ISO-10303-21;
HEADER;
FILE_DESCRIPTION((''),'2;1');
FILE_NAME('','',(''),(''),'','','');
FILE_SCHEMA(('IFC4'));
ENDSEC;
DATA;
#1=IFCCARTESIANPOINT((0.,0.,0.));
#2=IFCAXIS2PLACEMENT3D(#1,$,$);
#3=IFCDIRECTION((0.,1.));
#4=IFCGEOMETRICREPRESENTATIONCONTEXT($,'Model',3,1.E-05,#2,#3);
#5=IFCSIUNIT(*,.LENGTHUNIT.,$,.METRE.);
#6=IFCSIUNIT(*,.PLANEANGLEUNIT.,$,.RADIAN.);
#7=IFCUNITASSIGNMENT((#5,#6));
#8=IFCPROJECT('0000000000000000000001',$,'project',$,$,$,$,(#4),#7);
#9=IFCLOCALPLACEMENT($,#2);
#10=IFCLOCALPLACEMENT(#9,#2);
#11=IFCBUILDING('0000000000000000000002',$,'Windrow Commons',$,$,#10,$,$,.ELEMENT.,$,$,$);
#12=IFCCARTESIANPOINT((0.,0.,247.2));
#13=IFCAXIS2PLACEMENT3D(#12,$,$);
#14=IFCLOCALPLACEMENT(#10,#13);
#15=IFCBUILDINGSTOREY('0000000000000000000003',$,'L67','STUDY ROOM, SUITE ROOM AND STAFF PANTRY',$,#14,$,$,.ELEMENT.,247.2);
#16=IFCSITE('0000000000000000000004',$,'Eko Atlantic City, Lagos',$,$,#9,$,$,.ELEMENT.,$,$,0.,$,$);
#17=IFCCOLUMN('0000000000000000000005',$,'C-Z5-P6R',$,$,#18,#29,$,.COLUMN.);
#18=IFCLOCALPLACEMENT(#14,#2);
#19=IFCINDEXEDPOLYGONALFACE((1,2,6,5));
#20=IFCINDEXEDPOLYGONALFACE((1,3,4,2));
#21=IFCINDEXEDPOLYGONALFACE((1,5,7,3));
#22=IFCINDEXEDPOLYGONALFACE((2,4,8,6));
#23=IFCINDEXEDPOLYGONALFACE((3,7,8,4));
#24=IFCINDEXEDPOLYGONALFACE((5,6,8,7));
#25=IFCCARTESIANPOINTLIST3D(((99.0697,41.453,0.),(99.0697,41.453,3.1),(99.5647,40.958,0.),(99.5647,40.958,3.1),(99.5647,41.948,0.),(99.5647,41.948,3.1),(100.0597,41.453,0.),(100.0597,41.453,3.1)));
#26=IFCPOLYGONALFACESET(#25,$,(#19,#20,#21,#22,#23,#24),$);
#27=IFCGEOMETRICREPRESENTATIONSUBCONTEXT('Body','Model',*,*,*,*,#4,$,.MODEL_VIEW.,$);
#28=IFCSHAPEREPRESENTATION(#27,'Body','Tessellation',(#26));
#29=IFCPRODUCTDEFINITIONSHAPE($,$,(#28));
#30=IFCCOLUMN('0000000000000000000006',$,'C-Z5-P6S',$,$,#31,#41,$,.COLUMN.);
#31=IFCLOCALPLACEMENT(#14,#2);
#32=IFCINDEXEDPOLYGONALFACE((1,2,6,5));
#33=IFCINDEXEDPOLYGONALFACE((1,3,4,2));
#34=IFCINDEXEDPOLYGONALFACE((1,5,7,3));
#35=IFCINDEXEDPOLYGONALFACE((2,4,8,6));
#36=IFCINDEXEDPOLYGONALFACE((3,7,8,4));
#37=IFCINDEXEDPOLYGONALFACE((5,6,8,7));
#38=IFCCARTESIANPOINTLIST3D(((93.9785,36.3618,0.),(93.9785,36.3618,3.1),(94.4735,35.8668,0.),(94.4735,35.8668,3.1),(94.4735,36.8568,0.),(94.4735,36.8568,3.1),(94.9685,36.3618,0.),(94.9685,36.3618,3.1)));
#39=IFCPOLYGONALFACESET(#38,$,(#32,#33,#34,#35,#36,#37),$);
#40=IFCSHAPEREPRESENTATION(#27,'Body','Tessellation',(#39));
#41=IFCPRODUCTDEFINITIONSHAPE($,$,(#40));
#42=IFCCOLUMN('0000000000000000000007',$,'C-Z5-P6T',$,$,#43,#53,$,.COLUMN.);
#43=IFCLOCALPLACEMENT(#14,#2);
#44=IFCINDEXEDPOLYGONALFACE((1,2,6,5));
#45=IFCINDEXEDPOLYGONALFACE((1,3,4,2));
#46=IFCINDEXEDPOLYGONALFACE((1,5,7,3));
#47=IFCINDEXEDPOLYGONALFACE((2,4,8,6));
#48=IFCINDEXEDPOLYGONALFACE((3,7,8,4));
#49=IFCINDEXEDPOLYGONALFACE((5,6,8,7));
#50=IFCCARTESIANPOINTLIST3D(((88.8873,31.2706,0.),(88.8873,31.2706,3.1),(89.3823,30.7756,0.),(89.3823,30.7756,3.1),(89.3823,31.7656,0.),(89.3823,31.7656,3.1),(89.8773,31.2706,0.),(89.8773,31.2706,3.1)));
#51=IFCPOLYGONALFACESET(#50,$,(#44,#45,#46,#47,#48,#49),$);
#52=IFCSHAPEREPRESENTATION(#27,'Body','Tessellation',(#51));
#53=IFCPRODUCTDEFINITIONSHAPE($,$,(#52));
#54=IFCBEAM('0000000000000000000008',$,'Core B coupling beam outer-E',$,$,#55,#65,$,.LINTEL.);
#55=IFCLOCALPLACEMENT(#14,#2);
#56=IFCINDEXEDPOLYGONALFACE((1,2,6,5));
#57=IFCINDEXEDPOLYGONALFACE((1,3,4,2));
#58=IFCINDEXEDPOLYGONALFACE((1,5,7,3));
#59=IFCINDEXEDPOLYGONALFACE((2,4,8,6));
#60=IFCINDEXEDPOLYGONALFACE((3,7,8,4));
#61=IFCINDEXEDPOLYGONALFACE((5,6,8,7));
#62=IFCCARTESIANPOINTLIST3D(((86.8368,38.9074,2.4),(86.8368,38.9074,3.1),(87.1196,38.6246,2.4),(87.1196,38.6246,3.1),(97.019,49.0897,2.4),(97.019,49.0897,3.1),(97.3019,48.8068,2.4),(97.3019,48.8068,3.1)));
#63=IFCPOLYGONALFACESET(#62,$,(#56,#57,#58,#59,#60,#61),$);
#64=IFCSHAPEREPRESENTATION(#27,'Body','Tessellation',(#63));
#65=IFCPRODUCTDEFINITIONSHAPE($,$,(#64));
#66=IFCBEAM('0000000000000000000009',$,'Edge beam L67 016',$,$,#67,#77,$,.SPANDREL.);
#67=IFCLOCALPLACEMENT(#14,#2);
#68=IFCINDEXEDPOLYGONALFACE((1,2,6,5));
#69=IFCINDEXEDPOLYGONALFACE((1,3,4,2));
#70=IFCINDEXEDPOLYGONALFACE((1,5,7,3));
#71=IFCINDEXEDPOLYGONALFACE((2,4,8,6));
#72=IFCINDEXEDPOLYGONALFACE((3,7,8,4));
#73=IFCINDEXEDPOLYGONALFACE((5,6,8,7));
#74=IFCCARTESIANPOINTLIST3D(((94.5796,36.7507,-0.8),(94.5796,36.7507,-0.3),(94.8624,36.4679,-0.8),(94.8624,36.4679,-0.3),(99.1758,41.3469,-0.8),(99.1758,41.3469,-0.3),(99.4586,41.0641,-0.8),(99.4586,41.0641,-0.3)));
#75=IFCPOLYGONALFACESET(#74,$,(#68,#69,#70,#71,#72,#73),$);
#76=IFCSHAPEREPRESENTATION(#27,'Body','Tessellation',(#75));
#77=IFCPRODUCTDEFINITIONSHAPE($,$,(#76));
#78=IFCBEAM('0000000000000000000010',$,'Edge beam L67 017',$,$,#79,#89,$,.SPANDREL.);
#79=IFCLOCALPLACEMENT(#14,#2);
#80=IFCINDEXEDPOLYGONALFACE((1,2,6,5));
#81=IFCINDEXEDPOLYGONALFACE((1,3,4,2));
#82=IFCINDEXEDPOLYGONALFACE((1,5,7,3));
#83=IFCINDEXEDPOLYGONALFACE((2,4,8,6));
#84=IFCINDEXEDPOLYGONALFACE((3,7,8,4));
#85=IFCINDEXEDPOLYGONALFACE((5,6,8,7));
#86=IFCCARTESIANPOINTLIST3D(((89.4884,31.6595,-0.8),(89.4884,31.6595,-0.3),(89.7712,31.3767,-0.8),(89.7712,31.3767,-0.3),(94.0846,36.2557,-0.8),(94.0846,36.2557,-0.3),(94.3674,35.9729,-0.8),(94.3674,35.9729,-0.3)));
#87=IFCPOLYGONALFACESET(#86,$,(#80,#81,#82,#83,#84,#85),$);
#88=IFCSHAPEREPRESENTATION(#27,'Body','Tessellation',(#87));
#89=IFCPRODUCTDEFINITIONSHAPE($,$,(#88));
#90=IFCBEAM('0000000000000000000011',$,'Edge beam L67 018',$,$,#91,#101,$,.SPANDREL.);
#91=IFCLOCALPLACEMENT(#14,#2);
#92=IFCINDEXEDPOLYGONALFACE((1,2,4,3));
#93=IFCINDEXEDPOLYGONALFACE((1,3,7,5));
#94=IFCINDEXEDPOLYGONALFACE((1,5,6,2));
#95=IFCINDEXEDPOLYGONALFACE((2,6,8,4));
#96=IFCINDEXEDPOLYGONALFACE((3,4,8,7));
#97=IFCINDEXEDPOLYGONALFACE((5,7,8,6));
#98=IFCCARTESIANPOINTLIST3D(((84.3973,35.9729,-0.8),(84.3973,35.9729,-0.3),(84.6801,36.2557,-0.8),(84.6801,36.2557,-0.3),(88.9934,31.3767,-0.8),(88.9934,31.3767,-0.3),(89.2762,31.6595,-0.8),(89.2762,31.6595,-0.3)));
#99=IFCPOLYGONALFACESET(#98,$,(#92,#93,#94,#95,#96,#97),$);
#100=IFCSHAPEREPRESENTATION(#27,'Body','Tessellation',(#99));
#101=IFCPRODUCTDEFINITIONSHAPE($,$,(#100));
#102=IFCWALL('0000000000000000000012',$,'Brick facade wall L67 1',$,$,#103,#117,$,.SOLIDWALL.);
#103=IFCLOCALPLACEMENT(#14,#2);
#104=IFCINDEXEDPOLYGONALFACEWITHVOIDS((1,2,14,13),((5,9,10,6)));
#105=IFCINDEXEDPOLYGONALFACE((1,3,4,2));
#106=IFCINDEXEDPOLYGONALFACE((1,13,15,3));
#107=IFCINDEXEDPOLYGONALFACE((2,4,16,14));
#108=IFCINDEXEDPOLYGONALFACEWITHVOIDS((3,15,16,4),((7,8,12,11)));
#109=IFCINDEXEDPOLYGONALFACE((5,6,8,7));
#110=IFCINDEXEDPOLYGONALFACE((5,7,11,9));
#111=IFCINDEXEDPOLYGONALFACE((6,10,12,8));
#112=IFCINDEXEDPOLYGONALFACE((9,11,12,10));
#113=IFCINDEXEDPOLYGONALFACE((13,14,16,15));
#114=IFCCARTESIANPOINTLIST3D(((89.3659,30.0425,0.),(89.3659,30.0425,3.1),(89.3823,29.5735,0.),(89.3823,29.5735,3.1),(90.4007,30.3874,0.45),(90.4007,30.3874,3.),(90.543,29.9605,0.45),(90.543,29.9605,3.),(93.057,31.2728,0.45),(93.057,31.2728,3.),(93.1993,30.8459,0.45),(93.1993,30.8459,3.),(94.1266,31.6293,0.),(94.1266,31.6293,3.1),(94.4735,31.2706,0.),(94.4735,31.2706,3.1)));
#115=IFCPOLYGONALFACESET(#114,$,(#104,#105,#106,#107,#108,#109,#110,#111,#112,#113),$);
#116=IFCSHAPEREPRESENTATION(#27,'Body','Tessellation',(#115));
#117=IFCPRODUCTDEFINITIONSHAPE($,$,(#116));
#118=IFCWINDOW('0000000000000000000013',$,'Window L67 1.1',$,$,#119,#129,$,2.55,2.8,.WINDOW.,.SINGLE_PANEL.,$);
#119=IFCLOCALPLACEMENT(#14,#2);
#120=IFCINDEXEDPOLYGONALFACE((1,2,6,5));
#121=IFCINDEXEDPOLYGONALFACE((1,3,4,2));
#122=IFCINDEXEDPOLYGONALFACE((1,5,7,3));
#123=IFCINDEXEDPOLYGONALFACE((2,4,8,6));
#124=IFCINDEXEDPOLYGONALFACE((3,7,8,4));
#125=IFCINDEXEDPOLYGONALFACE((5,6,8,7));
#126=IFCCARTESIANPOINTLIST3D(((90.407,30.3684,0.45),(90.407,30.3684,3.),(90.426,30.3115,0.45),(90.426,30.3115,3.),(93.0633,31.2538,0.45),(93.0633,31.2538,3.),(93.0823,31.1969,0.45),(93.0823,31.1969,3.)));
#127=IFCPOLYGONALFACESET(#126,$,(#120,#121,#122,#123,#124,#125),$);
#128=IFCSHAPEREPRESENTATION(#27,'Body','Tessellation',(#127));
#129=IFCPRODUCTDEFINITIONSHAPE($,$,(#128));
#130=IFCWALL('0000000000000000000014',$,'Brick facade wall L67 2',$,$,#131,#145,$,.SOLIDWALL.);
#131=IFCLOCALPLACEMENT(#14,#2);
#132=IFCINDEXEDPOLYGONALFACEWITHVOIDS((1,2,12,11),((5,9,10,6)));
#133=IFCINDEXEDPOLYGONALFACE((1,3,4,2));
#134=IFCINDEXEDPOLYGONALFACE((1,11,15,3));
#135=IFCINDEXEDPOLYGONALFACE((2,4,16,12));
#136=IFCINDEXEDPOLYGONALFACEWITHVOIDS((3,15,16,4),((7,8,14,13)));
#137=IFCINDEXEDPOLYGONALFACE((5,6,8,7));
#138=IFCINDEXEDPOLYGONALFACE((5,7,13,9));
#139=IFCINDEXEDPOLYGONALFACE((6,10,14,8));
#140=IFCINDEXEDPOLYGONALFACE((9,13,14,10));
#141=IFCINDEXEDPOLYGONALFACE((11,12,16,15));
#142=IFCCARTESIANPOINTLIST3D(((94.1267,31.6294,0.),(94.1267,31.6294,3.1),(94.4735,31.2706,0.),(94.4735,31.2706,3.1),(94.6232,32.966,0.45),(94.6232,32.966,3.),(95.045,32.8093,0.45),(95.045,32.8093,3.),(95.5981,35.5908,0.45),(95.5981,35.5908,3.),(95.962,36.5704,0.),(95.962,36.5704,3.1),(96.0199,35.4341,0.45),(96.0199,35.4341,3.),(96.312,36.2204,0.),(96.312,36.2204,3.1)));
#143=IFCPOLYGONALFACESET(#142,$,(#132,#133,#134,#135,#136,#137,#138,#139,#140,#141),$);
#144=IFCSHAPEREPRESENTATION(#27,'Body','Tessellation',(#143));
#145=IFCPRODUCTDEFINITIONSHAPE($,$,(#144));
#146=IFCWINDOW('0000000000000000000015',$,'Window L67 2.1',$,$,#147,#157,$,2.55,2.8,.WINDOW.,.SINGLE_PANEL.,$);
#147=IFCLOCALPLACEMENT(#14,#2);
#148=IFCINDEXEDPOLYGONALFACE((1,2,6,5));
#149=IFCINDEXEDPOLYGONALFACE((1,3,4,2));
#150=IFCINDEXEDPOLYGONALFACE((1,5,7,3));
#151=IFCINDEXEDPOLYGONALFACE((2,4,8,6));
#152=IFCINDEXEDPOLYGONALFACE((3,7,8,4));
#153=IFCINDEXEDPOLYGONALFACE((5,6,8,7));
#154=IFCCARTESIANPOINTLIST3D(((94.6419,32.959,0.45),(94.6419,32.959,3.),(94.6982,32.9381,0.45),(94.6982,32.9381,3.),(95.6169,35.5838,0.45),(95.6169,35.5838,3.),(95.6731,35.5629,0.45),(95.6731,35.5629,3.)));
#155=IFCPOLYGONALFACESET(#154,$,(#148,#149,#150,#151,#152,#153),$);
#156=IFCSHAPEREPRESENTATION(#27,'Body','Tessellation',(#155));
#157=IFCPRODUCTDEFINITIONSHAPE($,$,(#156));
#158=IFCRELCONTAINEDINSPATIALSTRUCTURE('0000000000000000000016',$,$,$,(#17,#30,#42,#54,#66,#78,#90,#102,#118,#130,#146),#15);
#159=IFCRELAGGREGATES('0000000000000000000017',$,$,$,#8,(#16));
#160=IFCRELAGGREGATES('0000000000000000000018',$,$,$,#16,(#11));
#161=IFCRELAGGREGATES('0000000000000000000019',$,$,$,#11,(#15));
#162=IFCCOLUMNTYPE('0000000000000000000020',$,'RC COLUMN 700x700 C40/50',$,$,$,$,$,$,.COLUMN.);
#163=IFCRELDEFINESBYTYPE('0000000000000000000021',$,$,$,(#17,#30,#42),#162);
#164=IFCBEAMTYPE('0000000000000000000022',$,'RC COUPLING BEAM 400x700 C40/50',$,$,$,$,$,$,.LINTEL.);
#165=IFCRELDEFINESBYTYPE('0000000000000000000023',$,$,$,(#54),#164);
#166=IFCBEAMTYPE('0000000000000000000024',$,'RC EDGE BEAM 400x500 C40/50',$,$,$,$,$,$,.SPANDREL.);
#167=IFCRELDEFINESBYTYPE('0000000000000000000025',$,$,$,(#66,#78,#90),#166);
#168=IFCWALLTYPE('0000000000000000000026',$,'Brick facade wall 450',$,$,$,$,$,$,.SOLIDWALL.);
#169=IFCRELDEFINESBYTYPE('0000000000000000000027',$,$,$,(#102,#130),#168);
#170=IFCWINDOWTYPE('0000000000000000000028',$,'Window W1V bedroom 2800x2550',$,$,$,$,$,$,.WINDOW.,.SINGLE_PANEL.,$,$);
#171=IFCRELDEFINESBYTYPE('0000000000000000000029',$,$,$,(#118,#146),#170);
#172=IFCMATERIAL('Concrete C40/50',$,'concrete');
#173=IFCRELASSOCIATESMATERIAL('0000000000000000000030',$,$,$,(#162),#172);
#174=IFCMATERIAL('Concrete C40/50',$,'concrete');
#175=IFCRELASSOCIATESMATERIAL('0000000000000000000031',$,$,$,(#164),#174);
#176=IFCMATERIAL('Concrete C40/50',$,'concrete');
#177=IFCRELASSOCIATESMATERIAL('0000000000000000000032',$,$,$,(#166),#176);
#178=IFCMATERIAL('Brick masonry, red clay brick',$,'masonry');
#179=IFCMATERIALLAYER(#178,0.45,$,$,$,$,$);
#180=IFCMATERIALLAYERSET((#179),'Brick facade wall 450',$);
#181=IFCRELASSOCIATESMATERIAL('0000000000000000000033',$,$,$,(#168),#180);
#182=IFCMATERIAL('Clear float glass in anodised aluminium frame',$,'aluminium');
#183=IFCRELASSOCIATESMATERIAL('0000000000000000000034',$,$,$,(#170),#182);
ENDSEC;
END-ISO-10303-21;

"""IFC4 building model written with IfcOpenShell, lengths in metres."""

from ifc_helpers import new_model, si_unit, direction, frame, frame_2d, origin, origin_2d, place, context, subcontext, project, spatial, polyline, rectangle, outline, extrude, material, layer, layer_set, material_profile, profile_set, type_object, element, fill, save


model = new_model("IFC4")

# Units and contexts
model_context = context("Model", 3, precision=1e-05, world=origin(), true_north=direction((0.0, 1.0)))
body_context = subcontext(model_context, "Body", "Model", "MODEL_VIEW")
ifc_project = project(units=[si_unit("LENGTHUNIT", "METRE"), si_unit("PLANEANGLEUNIT", "RADIAN")], contexts=[model_context])

# Site, building, storey
site_placement = place(None, origin())
site = spatial("IfcSite", under=ifc_project, at=site_placement, Name="Eko Atlantic City, Lagos", CompositionType="ELEMENT", RefElevation=0.0)
building_placement = place(site_placement, origin())
building = spatial("IfcBuilding", under=site, at=building_placement, Name="Windrow Commons", CompositionType="ELEMENT")
storey_placement = place(building_placement, frame((0.0, 0.0, 247.2)))
storey = spatial("IfcBuildingStorey", under=building, at=storey_placement, Name="L67", Description="STUDY ROOM, SUITE ROOM AND STAFF PANTRY", CompositionType="ELEMENT", Elevation=247.2)

# Columns
ifc_material_1 = material(Name="Concrete C40/50", Category="concrete")
ifc_material_profile_1 = material_profile(ifc_material_1, rectangle(XDim=0.7, YDim=0.7, at=origin_2d()))
ifc_profile_set_1 = profile_set([ifc_material_profile_1], Name="Concrete C40/50")
column_type = type_object("IfcColumnType", Name="RC COLUMN 700x700 C40/50", PredefinedType="COLUMN", material=ifc_profile_set_1)
for number, where, z_axis, x_axis, name in (
    (1, (99.5647, 41.453, 0.0), (0.0, 0.0, 1.0), (0.707107, -0.707107, 0.0), "C-Z5-P6R"),
    (2, (94.4735, 36.3618, 0.0), (0.0, 0.0, 1.0), (0.707107, -0.707107, 0.0), "C-Z5-P6S"),
    (3, (89.3823, 31.2706, 0.0), (0.0, 0.0, 1.0), (0.707107, -0.707107, 0.0), "C-Z5-P6T"),
):
    element("IfcColumn", number, at=place(storey_placement, frame(where, z_axis=z_axis, x_axis=x_axis)), inside=storey, type_object=column_type, Name=name, PredefinedType="COLUMN", context=body_context, shape_type="SweptSolid", body=[
        extrude(rectangle(XDim=0.7, YDim=0.7, at=origin_2d()), origin(), (0.0, 0.0, 1.0), 3.1),
    ])

# Beams
ifc_material_2 = material(Name="Concrete C40/50", Category="concrete")
ifc_material_profile_2 = material_profile(ifc_material_2, rectangle(XDim=0.4, YDim=0.7, at=origin_2d()))
ifc_profile_set_2 = profile_set([ifc_material_profile_2], Name="Concrete C40/50")
beam_type_1 = type_object("IfcBeamType", Name="RC COUPLING BEAM 400x700 C40/50", PredefinedType="LINTEL", material=ifc_profile_set_2)
beam_1_placement = place(storey_placement, frame((86.9782, 38.766, 2.75), z_axis=(0.707107, 0.707107, 0.0), x_axis=(-0.707107, 0.707107, 0.0)))
element("IfcBeam", 4, at=beam_1_placement, inside=storey, type_object=beam_type_1, Name="Core B coupling beam outer-E", PredefinedType="LINTEL", context=body_context, shape_type="SweptSolid", body=[
    extrude(rectangle(XDim=0.4, YDim=0.7, at=origin_2d()), origin(), (0.0, 0.0, 1.0), 14.3999),
])
ifc_material_3 = material(Name="Concrete C40/50", Category="concrete")
ifc_material_profile_3 = material_profile(ifc_material_3, rectangle(XDim=0.4, YDim=0.5, at=origin_2d()))
ifc_profile_set_3 = profile_set([ifc_material_profile_3], Name="Concrete C40/50")
beam_type_2 = type_object("IfcBeamType", Name="RC EDGE BEAM 400x500 C40/50", PredefinedType="SPANDREL", material=ifc_profile_set_3)
for number, where, z_axis, x_axis, name in (
    (5, (99.3172, 41.2055, -0.55), (-0.707107, -0.707107, 0.0), (0.707107, -0.707107, 0.0), "Edge beam L67 016"),
    (6, (94.226, 36.1143, -0.55), (-0.707107, -0.707107, 0.0), (0.707107, -0.707107, 0.0), "Edge beam L67 017"),
):
    element("IfcBeam", number, at=place(storey_placement, frame(where, z_axis=z_axis, x_axis=x_axis)), inside=storey, type_object=beam_type_2, Name=name, PredefinedType="SPANDREL", context=body_context, shape_type="SweptSolid", body=[
        extrude(rectangle(XDim=0.4, YDim=0.5, at=origin_2d()), origin(), (0.0, 0.0, 1.0), 6.5),
    ])
beam_2_placement = place(storey_placement, frame((89.1348, 31.5181, -0.55), z_axis=(-0.707099, 0.707114, 0.0), x_axis=(-0.707114, -0.707099, 0.0)))
element("IfcBeam", 7, at=beam_2_placement, inside=storey, type_object=beam_type_2, Name="Edge beam L67 018", PredefinedType="SPANDREL", context=body_context, shape_type="SweptSolid", body=[
    extrude(rectangle(XDim=0.4, YDim=0.5, at=origin_2d()), origin(), (0.0, 0.0, 1.0), 6.4999),
])

# Walls, openings, windows
ifc_material_4 = material(Name="Brick masonry, red clay brick", Category="masonry")
ifc_layer_1 = layer(ifc_material_4, 0.45)
ifc_layer_set_1 = layer_set([ifc_layer_1], Name="Brick facade wall 450")
wall_type_1 = type_object("IfcWallType", Name="Brick facade wall 450", PredefinedType="SOLIDWALL", material=ifc_layer_set_1)
wall_1_placement = place(storey_placement, frame((89.3741, 29.808, 0.0), z_axis=(0.0, 0.0, 1.0), x_axis=(0.948683, 0.316228, 0.0)))
wall_1 = element("IfcWall", 8, at=wall_1_placement, inside=storey, type_object=wall_type_1, Name="Brick facade wall L67 1", PredefinedType="SOLIDWALL", context=body_context, shape_type="SweptSolid", body=[
    extrude(outline(polyline([(-0.0664, -0.225), (5.3002, -0.225), (5.0846, 0.225), (0.0664, 0.225), (-0.0664, -0.225)])), origin(), (0.0, 0.0, 1.0), 3.1),
])
opening_1_placement = place(wall_1_placement, frame((1.1571, 0.0, 0.45)))
opening_1 = element("IfcOpeningElement", 9, at=opening_1_placement, cuts=wall_1, PredefinedType="OPENING", context=body_context, shape_type="SweptSolid", body=[
    extrude(rectangle(XDim=2.8, YDim=2.55, at=frame_2d((1.4, 1.275))), frame((0.0, 0.235, 0.0), z_axis=(0.0, -1.0, 0.0), x_axis=(1.0, 0.0, 0.0)), (0.0, 0.0, 1.0), 0.47),
])
ifc_material_5 = material(Name="Clear float glass in anodised aluminium frame", Category="aluminium")
window_type = type_object("IfcWindowType", Name="Window W1V bedroom 2800x2550", PartitioningType="SINGLE_PANEL", PredefinedType="WINDOW", material=ifc_material_5)
window_1_placement = place(opening_1_placement, origin())
window_1 = element("IfcWindow", 10, at=window_1_placement, inside=storey, type_object=window_type, Name="Window L67 1.1", OverallHeight=2.55, OverallWidth=2.8, PartitioningType="SINGLE_PANEL", PredefinedType="WINDOW", context=body_context, shape_type="SweptSolid", body=[
    extrude(rectangle(XDim=2.8, YDim=2.55, at=frame_2d((1.4, 1.275))), frame((0.0, 0.205, 0.0), z_axis=(0.0, -1.0, 0.0), x_axis=(1.0, 0.0, 0.0)), (0.0, 0.0, 1.0), 0.06),
])
fill(opening_1, window_1)
wall_2_placement = place(storey_placement, frame((94.3001, 31.45, 0.0), z_axis=(0.0, 0.0, 1.0), x_axis=(0.348193, 0.937423, 0.0)))
wall_2 = element("IfcWall", 11, at=wall_2_placement, inside=storey, type_object=wall_type_1, Name="Brick facade wall L67 2", PredefinedType="SOLIDWALL", context=body_context, shape_type="SweptSolid", body=[
    extrude(outline(polyline([(-0.1078, -0.225), (5.1724, -0.225), (5.3786, 0.225), (0.1078, 0.225), (-0.1078, -0.225)])), origin(), (0.0, 0.0, 1.0), 3.1),
])
opening_2_placement = place(wall_2_placement, frame((1.5336, 0.0, 0.45)))
opening_2 = element("IfcOpeningElement", 12, at=opening_2_placement, cuts=wall_2, PredefinedType="OPENING", context=body_context, shape_type="SweptSolid", body=[
    extrude(rectangle(XDim=2.8, YDim=2.55, at=frame_2d((1.4, 1.275))), frame((0.0, 0.235, 0.0), z_axis=(0.0, -1.0, 0.0), x_axis=(1.0, 0.0, 0.0)), (0.0, 0.0, 1.0), 0.47),
])
window_2_placement = place(opening_2_placement, origin())
window_2 = element("IfcWindow", 13, at=window_2_placement, inside=storey, type_object=window_type, Name="Window L67 2.1", OverallHeight=2.55, OverallWidth=2.8, PartitioningType="SINGLE_PANEL", PredefinedType="WINDOW", context=body_context, shape_type="SweptSolid", body=[
    extrude(rectangle(XDim=2.8, YDim=2.55, at=frame_2d((1.4, 1.275))), frame((0.0, 0.205, 0.0), z_axis=(0.0, -1.0, 0.0), x_axis=(1.0, 0.0, 0.0)), (0.0, 0.0, 1.0), 0.06),
])
fill(opening_2, window_2)

save(model, "model.ifc")
